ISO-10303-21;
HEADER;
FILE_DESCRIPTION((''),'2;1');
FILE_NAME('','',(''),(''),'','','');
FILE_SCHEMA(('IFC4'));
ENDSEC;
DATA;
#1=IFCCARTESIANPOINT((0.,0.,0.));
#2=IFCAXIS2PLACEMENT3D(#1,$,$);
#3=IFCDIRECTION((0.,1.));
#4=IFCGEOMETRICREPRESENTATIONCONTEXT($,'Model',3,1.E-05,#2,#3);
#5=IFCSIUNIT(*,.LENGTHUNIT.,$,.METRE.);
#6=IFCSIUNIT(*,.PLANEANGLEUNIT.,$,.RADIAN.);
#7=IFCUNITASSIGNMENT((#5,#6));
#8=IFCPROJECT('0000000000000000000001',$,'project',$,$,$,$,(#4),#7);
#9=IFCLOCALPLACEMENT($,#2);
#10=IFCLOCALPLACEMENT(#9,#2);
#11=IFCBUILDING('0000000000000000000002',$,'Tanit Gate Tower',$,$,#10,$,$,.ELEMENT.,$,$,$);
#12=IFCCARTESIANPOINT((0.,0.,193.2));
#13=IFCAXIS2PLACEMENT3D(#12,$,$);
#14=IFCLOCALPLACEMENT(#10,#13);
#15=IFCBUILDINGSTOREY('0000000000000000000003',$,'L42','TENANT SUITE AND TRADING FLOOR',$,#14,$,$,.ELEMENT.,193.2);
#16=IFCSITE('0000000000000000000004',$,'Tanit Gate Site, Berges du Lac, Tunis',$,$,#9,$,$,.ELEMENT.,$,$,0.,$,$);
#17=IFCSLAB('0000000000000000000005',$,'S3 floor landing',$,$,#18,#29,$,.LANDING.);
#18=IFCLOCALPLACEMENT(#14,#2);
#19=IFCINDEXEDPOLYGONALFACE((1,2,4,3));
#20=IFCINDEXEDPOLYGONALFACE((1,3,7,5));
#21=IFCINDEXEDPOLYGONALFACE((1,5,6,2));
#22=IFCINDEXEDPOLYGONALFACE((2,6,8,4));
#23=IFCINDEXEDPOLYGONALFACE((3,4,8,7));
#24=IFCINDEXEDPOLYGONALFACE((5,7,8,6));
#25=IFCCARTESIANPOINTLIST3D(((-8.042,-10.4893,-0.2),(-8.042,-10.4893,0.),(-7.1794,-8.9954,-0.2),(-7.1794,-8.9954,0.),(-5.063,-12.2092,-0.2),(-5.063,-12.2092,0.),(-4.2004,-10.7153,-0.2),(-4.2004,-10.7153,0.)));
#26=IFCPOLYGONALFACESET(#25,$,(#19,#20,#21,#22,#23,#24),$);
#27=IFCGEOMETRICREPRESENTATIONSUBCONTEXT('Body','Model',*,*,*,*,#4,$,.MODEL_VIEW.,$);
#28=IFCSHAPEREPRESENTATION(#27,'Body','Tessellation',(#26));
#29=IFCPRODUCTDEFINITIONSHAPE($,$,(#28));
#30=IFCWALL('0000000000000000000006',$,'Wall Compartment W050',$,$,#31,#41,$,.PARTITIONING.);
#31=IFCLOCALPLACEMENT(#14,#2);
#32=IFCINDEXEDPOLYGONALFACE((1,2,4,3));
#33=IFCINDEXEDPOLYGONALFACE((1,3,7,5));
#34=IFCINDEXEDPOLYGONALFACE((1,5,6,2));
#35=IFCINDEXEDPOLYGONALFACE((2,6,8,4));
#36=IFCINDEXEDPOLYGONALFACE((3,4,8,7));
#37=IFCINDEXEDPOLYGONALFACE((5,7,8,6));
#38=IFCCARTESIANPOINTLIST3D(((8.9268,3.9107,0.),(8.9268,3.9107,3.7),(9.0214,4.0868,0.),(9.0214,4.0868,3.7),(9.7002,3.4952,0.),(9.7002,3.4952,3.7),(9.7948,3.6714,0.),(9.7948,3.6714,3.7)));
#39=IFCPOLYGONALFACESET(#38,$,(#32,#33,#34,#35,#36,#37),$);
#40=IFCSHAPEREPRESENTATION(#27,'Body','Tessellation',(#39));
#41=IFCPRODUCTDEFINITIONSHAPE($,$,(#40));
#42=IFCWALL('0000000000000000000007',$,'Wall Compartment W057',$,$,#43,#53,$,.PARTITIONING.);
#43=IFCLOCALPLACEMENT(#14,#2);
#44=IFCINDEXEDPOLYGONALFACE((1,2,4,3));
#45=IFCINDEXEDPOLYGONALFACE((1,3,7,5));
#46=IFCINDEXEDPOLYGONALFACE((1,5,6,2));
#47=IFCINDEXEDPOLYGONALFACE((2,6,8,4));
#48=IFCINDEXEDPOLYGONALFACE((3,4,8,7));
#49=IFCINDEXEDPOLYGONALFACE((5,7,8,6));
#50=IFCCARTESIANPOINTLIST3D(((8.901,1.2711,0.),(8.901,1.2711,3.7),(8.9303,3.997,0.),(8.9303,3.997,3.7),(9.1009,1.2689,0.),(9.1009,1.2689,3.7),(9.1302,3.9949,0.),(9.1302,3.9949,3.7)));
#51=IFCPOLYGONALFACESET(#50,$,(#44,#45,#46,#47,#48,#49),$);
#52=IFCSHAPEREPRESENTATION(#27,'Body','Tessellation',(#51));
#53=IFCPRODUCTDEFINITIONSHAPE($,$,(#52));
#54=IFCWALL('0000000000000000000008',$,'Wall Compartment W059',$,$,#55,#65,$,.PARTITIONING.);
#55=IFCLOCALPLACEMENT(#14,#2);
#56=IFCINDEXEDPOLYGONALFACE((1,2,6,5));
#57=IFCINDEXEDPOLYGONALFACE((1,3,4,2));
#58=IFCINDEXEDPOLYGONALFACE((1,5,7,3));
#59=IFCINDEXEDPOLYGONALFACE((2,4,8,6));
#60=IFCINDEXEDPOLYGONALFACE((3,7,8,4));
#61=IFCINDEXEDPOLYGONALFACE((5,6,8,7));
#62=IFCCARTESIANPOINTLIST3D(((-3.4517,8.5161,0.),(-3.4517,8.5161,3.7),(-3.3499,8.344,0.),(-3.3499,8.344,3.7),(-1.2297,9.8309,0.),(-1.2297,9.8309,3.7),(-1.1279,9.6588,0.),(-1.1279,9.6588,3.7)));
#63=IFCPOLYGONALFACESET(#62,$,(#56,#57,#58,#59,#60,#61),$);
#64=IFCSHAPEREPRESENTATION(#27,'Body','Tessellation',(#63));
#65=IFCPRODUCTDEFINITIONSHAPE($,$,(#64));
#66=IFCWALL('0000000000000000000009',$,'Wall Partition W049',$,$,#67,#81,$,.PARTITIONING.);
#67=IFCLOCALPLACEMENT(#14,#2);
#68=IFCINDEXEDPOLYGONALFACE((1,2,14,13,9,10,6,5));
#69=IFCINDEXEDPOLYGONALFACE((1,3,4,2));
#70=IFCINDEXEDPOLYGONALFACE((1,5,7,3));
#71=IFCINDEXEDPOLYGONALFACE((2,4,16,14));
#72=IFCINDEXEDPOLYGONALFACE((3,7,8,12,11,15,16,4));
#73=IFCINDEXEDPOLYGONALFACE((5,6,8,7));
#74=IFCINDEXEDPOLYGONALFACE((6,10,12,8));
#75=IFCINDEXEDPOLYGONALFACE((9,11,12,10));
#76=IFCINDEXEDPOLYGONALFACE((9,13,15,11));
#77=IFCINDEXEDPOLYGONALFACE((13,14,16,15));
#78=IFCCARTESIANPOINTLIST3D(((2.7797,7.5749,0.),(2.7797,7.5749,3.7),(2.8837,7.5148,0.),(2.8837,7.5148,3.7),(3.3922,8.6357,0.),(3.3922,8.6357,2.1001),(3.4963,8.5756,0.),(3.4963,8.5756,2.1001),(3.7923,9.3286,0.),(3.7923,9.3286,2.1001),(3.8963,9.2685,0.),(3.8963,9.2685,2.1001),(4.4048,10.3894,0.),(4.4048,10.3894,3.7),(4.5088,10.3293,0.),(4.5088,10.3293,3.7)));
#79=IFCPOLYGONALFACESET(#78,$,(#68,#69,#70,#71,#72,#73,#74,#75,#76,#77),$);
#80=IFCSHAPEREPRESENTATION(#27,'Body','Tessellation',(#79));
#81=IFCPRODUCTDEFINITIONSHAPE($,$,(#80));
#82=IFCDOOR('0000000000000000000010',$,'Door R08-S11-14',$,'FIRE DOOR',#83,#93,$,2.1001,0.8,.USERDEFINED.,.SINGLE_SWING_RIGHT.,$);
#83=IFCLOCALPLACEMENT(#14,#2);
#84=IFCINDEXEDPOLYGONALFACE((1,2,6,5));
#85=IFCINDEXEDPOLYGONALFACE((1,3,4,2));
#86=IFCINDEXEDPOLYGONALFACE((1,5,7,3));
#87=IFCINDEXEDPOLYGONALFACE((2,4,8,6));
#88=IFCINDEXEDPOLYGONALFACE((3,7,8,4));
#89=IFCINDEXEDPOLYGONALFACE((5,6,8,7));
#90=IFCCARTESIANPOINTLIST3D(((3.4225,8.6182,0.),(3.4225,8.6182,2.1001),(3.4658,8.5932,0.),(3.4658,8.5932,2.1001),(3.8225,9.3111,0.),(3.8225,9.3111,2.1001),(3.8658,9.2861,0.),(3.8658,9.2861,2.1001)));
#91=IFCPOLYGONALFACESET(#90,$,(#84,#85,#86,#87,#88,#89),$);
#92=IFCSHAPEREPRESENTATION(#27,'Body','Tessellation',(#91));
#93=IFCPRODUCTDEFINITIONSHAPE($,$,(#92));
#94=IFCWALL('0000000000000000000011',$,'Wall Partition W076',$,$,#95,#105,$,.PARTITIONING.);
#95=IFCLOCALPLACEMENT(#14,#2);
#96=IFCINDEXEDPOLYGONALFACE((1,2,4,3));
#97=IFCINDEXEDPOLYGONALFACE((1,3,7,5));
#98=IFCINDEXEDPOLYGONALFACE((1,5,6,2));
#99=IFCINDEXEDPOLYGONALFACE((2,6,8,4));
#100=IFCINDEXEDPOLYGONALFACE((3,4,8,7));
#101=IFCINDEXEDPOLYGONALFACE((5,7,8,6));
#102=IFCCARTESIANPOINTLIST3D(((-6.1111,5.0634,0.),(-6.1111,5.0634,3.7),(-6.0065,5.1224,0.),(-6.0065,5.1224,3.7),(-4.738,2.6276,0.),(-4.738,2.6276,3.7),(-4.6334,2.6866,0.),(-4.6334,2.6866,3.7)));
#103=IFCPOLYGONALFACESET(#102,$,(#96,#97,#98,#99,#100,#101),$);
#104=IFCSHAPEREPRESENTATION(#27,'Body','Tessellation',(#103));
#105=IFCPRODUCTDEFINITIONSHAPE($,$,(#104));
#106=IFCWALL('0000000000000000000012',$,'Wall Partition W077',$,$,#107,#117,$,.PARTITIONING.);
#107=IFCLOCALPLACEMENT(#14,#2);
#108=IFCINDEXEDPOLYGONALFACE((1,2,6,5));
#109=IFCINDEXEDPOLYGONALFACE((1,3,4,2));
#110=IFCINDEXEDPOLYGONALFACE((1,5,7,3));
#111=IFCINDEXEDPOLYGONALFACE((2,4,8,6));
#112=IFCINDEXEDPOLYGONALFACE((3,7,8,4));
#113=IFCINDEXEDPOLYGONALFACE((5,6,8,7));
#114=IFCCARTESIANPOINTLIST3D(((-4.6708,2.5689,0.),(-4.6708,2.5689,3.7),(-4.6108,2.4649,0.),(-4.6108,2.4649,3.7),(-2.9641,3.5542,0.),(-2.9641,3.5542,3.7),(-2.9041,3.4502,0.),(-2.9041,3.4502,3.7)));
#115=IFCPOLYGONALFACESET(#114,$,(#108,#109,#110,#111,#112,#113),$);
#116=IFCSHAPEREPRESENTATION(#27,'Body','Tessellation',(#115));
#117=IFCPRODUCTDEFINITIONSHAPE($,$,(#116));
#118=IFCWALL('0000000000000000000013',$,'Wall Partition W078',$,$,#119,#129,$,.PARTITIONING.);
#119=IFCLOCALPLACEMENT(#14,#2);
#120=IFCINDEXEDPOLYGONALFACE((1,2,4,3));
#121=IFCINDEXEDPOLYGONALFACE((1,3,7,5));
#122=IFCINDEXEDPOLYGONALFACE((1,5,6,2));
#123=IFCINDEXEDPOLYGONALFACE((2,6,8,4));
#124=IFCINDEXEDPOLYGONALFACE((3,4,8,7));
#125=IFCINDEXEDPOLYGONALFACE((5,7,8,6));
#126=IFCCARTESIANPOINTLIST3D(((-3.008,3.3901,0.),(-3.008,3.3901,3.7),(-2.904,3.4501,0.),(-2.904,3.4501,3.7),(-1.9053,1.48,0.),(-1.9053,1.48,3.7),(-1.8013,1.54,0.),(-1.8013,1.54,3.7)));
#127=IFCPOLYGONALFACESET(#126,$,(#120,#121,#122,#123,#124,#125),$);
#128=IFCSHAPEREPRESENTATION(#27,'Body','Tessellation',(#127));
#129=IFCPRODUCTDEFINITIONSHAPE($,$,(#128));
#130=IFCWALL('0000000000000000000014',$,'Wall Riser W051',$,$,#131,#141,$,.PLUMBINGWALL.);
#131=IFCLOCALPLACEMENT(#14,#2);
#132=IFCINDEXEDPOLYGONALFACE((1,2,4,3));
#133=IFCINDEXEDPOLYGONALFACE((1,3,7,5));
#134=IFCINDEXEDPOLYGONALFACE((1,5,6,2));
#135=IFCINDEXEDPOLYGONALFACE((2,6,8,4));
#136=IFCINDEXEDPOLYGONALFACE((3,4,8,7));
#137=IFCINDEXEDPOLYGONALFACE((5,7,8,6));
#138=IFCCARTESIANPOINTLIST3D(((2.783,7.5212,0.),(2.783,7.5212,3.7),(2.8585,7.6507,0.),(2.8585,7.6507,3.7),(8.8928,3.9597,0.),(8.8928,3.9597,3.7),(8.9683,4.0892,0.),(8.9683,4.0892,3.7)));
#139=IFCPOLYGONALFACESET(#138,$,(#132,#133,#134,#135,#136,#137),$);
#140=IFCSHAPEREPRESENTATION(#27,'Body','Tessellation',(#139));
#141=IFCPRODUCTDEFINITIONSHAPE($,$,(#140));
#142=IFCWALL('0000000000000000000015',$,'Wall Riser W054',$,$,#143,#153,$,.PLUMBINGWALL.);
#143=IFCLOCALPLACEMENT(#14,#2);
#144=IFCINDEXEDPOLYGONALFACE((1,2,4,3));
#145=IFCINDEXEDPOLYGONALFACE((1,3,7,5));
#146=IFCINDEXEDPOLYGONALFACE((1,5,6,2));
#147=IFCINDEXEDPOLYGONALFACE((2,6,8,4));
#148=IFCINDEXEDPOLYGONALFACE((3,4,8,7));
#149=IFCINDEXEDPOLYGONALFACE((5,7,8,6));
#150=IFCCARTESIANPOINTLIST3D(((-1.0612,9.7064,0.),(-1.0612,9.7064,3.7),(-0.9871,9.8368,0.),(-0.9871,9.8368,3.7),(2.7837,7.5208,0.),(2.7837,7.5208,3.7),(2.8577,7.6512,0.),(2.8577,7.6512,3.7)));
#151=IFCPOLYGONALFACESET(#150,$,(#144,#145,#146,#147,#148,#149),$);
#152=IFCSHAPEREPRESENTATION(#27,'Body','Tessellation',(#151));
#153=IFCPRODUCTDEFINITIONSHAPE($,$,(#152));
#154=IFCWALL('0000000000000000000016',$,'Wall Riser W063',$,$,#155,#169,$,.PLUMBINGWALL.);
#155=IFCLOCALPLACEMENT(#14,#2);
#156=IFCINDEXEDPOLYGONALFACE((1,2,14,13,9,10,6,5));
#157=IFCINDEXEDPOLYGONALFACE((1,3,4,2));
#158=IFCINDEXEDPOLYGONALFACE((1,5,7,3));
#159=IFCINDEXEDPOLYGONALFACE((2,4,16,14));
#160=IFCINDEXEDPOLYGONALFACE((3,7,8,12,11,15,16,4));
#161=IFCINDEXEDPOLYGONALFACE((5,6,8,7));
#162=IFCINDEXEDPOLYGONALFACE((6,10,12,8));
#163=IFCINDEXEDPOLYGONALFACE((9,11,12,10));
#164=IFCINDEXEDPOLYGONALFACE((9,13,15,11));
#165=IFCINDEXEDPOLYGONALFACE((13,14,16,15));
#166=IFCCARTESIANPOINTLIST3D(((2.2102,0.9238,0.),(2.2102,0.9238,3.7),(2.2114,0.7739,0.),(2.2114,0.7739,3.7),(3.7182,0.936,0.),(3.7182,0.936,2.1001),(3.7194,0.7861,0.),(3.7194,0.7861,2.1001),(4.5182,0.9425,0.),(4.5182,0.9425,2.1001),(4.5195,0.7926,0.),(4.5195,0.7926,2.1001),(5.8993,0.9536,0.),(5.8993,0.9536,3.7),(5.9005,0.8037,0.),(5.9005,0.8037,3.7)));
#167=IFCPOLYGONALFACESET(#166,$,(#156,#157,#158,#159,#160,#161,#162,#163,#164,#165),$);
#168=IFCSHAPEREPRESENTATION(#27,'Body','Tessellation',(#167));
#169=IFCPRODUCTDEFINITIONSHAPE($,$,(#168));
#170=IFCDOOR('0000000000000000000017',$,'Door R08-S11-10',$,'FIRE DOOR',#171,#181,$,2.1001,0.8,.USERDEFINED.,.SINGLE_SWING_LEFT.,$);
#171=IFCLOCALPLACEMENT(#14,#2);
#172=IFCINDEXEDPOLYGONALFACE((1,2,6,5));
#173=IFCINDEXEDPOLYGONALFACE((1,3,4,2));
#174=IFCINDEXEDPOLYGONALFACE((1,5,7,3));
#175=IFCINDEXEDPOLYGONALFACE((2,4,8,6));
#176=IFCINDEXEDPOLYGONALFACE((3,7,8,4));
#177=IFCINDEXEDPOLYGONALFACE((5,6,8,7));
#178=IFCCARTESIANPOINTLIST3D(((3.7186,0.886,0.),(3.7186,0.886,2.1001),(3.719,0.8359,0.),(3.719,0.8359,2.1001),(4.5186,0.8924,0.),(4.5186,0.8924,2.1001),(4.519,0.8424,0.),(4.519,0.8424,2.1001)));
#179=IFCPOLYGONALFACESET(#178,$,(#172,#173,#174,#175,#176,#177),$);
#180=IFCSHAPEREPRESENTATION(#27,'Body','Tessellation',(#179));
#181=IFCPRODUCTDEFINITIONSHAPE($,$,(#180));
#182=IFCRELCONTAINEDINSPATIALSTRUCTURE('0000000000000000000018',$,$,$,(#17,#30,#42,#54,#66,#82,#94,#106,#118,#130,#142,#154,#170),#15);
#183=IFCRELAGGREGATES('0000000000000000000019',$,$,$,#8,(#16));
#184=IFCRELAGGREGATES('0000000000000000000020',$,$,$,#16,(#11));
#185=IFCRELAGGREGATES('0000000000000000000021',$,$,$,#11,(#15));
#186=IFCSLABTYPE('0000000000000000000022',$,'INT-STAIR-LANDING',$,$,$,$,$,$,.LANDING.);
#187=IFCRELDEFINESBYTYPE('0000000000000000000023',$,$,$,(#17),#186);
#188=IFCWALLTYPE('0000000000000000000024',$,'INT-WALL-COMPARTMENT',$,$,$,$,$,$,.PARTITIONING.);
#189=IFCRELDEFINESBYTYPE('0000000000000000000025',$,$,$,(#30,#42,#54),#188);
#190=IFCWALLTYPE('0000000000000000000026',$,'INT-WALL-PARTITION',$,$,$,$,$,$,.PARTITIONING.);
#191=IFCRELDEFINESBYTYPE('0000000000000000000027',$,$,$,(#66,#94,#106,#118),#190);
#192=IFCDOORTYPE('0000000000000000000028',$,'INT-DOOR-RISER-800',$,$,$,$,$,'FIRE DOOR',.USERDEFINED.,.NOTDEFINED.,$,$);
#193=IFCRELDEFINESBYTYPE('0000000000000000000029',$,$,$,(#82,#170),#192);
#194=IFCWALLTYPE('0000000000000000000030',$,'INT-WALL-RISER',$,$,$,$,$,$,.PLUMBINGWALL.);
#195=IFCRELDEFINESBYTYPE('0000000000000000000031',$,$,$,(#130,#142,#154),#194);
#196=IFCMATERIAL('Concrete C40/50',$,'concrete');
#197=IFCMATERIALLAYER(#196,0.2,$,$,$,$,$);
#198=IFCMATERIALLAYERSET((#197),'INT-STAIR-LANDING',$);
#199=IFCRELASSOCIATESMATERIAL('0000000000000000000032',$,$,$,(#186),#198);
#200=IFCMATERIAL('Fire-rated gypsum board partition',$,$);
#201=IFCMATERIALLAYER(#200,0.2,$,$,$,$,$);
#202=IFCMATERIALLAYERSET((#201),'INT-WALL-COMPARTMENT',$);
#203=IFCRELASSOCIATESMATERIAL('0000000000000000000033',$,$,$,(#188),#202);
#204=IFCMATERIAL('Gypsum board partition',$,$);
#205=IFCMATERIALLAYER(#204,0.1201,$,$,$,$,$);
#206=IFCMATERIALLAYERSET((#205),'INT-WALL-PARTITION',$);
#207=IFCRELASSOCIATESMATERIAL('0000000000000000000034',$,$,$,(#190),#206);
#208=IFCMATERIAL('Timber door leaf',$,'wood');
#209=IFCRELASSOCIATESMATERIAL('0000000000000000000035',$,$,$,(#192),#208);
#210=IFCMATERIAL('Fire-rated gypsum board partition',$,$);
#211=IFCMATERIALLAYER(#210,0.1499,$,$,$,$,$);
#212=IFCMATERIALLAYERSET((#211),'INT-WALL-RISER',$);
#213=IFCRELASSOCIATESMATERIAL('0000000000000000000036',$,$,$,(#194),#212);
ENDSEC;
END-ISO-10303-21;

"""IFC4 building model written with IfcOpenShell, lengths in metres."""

from ifc_helpers import new_model, si_unit, direction, frame, frame_2d, origin, place, context, subcontext, project, spatial, polyline, rectangle, outline, extrude, material, layer, layer_set, type_object, element, fill, save


model = new_model("IFC4")

# Units and contexts
model_context = context("Model", 3, precision=1e-05, world=origin(), true_north=direction((0.0, 1.0)))
body_context = subcontext(model_context, "Body", "Model", "MODEL_VIEW")
ifc_project = project(units=[si_unit("LENGTHUNIT", "METRE"), si_unit("PLANEANGLEUNIT", "RADIAN")], contexts=[model_context])

# Site, building, storey
site_placement = place(None, origin())
site = spatial("IfcSite", under=ifc_project, at=site_placement, Name="Tanit Gate Site, Berges du Lac, Tunis", CompositionType="ELEMENT", RefElevation=0.0)
building_placement = place(site_placement, origin())
building = spatial("IfcBuilding", under=site, at=building_placement, Name="Tanit Gate Tower", CompositionType="ELEMENT")
storey_placement = place(building_placement, frame((0.0, 0.0, 193.2)))
storey = spatial("IfcBuildingStorey", under=building, at=storey_placement, Name="L42", Description="TENANT SUITE AND TRADING FLOOR", CompositionType="ELEMENT", Elevation=193.2)

# Slab
ifc_material_1 = material(Name="Concrete C40/50", Category="concrete")
ifc_layer_1 = layer(ifc_material_1, 0.2)
ifc_layer_set_1 = layer_set([ifc_layer_1], Name="INT-STAIR-LANDING")
slab_type = type_object("IfcSlabType", Name="INT-STAIR-LANDING", PredefinedType="LANDING", material=ifc_layer_set_1)
slab_placement = place(storey_placement, frame((0.0, 0.0, -0.2)))
element("IfcSlab", 1, at=slab_placement, inside=storey, type_object=slab_type, Name="S3 floor landing", PredefinedType="LANDING", context=body_context, shape_type="SweptSolid", body=[
    extrude(outline(polyline([(-7.1794, -8.9954), (-8.042, -10.4893), (-5.063, -12.2092), (-4.2004, -10.7153), (-7.1794, -8.9954)])), origin(), (0.0, 0.0, 1.0), 0.2),
])

# Walls
ifc_material_2 = material(Name="Fire-rated gypsum board partition")
ifc_layer_2 = layer(ifc_material_2, 0.2)
ifc_layer_set_2 = layer_set([ifc_layer_2], Name="INT-WALL-COMPARTMENT")
wall_type_1 = type_object("IfcWallType", Name="INT-WALL-COMPARTMENT", PredefinedType="PARTITIONING", material=ifc_layer_set_2)
wall_1_placement = place(storey_placement, frame((8.9741, 3.9988, 0.0), z_axis=(0.0, 0.0, 1.0), x_axis=(0.880917, -0.473271, 0.0)))
element("IfcWall", 2, at=wall_1_placement, inside=storey, type_object=wall_type_1, Name="Wall Compartment W050", PredefinedType="PARTITIONING", context=body_context, shape_type="SweptSolid", body=[
    extrude(rectangle(XDim=0.8779, YDim=0.2, at=frame_2d((0.439, 0.0))), origin(), (0.0, 0.0, 1.0), 3.7),
])
wall_2_placement = place(storey_placement, frame((9.001, 1.27, 0.0), z_axis=(0.0, 0.0, 1.0), x_axis=(0.010747, 0.999942, 0.0)))
element("IfcWall", 3, at=wall_2_placement, inside=storey, type_object=wall_type_1, Name="Wall Compartment W057", PredefinedType="PARTITIONING", context=body_context, shape_type="SweptSolid", body=[
    extrude(rectangle(XDim=2.7261, YDim=0.2, at=frame_2d((1.363, 0.0))), origin(), (0.0, 0.0, 1.0), 3.7),
])
wall_3_placement = place(storey_placement, frame((-1.1787, 9.7449, 0.0), z_axis=(0.0, 0.0, 1.0), x_axis=(-0.860631, -0.509229, 0.0)))
element("IfcWall", 4, at=wall_3_placement, inside=storey, type_object=wall_type_1, Name="Wall Compartment W059", PredefinedType="PARTITIONING", context=body_context, shape_type="SweptSolid", body=[
    extrude(rectangle(XDim=2.5818, YDim=0.2, at=frame_2d((1.291, 0.0))), origin(), (0.0, 0.0, 1.0), 3.7),
])

# Wall, opening, door
ifc_material_3 = material(Name="Gypsum board partition")
ifc_layer_3 = layer(ifc_material_3, 0.1201)
ifc_layer_set_3 = layer_set([ifc_layer_3], Name="INT-WALL-PARTITION")
wall_type_2 = type_object("IfcWallType", Name="INT-WALL-PARTITION", PredefinedType="PARTITIONING", material=ifc_layer_set_3)
wall_4_placement = place(storey_placement, frame((4.4568, 10.3594, 0.0), z_axis=(0.0, 0.0, 1.0), x_axis=(-0.500017, -0.866015, 0.0)))
wall_4 = element("IfcWall", 5, at=wall_4_placement, inside=storey, type_object=wall_type_2, Name="Wall Partition W049", PredefinedType="PARTITIONING", context=body_context, shape_type="SweptSolid", body=[
    extrude(rectangle(XDim=3.25, YDim=0.1201, at=frame_2d((1.625, 0.0))), origin(), (0.0, 0.0, 1.0), 3.7),
])
opening_1_placement = place(wall_4_placement, frame((1.2251, 0.0, 0.0)))
opening_1 = element("IfcOpeningElement", 6, at=opening_1_placement, cuts=wall_4, PredefinedType="OPENING", context=body_context, shape_type="SweptSolid", body=[
    extrude(rectangle(XDim=0.8, YDim=2.1001, at=frame_2d((0.3999, 1.05))), frame((0.0, 0.0701, 0.0), z_axis=(0.0, -1.0, 0.0), x_axis=(1.0, 0.0, 0.0)), (0.0, 0.0, 1.0), 0.1401),
])
ifc_material_4 = material(Name="Timber door leaf", Category="wood")
door_type_1 = type_object("IfcDoorType", Name="INT-DOOR-RISER-800", ElementType="FIRE DOOR", OperationType="NOTDEFINED", PredefinedType="USERDEFINED", material=ifc_material_4)
door_1_placement = place(opening_1_placement, origin())
door_1 = element("IfcDoor", 7, at=door_1_placement, inside=storey, type_object=door_type_1, Name="Door R08-S11-14", ObjectType="FIRE DOOR", OperationType="SINGLE_SWING_RIGHT", OverallHeight=2.1001, OverallWidth=0.8, PredefinedType="USERDEFINED", context=body_context, shape_type="SweptSolid", body=[
    extrude(rectangle(XDim=0.8, YDim=2.1001, at=frame_2d((0.3999, 1.05))), frame((0.0, 0.0249, 0.0), z_axis=(0.0, -1.0, 0.0), x_axis=(1.0, 0.0, 0.0)), (0.0, 0.0, 1.0), 0.05),
])
fill(opening_1, door_1)

# Walls
wall_5_placement = place(storey_placement, frame((-4.6858, 2.6572, 0.0), z_axis=(0.0, 0.0, 1.0), x_axis=(-0.491053, 0.87113, 0.0)))
element("IfcWall", 8, at=wall_5_placement, inside=storey, type_object=wall_type_2, Name="Wall Partition W076", PredefinedType="PARTITIONING", context=body_context, shape_type="SweptSolid", body=[
    extrude(rectangle(XDim=2.7961, YDim=0.1201, at=frame_2d((1.3979, 0.0))), origin(), (0.0, 0.0, 1.0), 3.7),
])
wall_6_placement = place(storey_placement, frame((-2.9341, 3.5022, 0.0), z_axis=(0.0, 0.0, 1.0), x_axis=(-0.866039, -0.499976, 0.0)))
element("IfcWall", 9, at=wall_6_placement, inside=storey, type_object=wall_type_2, Name="Wall Partition W077", PredefinedType="PARTITIONING", context=body_context, shape_type="SweptSolid", body=[
    extrude(rectangle(XDim=1.9707, YDim=0.1201, at=frame_2d((0.9854, 0.0))), origin(), (0.0, 0.0, 1.0), 3.7),
])
wall_7_placement = place(storey_placement, frame((-1.8533, 1.51, 0.0), z_axis=(0.0, 0.0, 1.0), x_axis=(-0.499984, 0.866034, 0.0)))
element("IfcWall", 10, at=wall_7_placement, inside=storey, type_object=wall_type_2, Name="Wall Partition W078", PredefinedType="PARTITIONING", context=body_context, shape_type="SweptSolid", body=[
    extrude(rectangle(XDim=2.2056, YDim=0.1201, at=frame_2d((1.1028, 0.0))), origin(), (0.0, 0.0, 1.0), 3.7),
])
ifc_material_5 = material(Name="Fire-rated gypsum board partition")
ifc_layer_4 = layer(ifc_material_5, 0.1499)
ifc_layer_set_4 = layer_set([ifc_layer_4], Name="INT-WALL-RISER")
wall_type_3 = type_object("IfcWallType", Name="INT-WALL-RISER", PredefinedType="PLUMBINGWALL", material=ifc_layer_set_4)
wall_8_placement = place(storey_placement, frame((8.9307, 4.0244, 0.0), z_axis=(0.0, 0.0, 1.0), x_axis=(-0.863937, 0.503601, 0.0)))
element("IfcWall", 11, at=wall_8_placement, inside=storey, type_object=wall_type_3, Name="Wall Riser W051", PredefinedType="PLUMBINGWALL", context=body_context, shape_type="SweptSolid", body=[
    extrude(rectangle(XDim=7.072, YDim=0.1499, at=frame_2d((3.5361, 0.0))), origin(), (0.0, 0.0, 1.0), 3.7),
])
wall_9_placement = place(storey_placement, frame((2.8208, 7.5859, 0.0), z_axis=(0.0, 0.0, 1.0), x_axis=(-0.869355, 0.494188, 0.0)))
element("IfcWall", 12, at=wall_9_placement, inside=storey, type_object=wall_type_3, Name="Wall Riser W054", PredefinedType="PLUMBINGWALL", context=body_context, shape_type="SweptSolid", body=[
    extrude(rectangle(XDim=4.4226, YDim=0.1499, at=frame_2d((2.2114, 0.0))), origin(), (0.0, 0.0, 1.0), 3.7),
])

# Wall, opening, door
wall_10_placement = place(storey_placement, frame((2.2107, 0.8489, 0.0), z_axis=(0.0, 0.0, 1.0), x_axis=(0.999967, 0.008073, 0.0)))
wall_10 = element("IfcWall", 13, at=wall_10_placement, inside=storey, type_object=wall_type_3, Name="Wall Riser W063", PredefinedType="PLUMBINGWALL", context=body_context, shape_type="SweptSolid", body=[
    extrude(rectangle(XDim=3.6892, YDim=0.1499, at=frame_2d((1.8447, 0.0))), origin(), (0.0, 0.0, 1.0), 3.7),
])
opening_2_placement = place(wall_10_placement, frame((1.5083, 0.0, 0.0)))
opening_2 = element("IfcOpeningElement", 14, at=opening_2_placement, cuts=wall_10, PredefinedType="OPENING", context=body_context, shape_type="SweptSolid", body=[
    extrude(rectangle(XDim=0.8, YDim=2.1001, at=frame_2d((0.3999, 1.05))), frame((0.0, 0.085, 0.0), z_axis=(0.0, -1.0, 0.0), x_axis=(1.0, 0.0, 0.0)), (0.0, 0.0, 1.0), 0.1699),
])
door_2_placement = place(opening_2_placement, origin())
door_2 = element("IfcDoor", 15, at=door_2_placement, inside=storey, type_object=door_type_1, Name="Door R08-S11-10", ObjectType="FIRE DOOR", OperationType="SINGLE_SWING_LEFT", OverallHeight=2.1001, OverallWidth=0.8, PredefinedType="USERDEFINED", context=body_context, shape_type="SweptSolid", body=[
    extrude(rectangle(XDim=0.8, YDim=2.1001, at=frame_2d((0.3999, 1.05))), frame((0.0, 0.0249, 0.0), z_axis=(0.0, -1.0, 0.0), x_axis=(1.0, 0.0, 0.0)), (0.0, 0.0, 1.0), 0.05),
])
fill(opening_2, door_2)

save(model, "model.ifc")
